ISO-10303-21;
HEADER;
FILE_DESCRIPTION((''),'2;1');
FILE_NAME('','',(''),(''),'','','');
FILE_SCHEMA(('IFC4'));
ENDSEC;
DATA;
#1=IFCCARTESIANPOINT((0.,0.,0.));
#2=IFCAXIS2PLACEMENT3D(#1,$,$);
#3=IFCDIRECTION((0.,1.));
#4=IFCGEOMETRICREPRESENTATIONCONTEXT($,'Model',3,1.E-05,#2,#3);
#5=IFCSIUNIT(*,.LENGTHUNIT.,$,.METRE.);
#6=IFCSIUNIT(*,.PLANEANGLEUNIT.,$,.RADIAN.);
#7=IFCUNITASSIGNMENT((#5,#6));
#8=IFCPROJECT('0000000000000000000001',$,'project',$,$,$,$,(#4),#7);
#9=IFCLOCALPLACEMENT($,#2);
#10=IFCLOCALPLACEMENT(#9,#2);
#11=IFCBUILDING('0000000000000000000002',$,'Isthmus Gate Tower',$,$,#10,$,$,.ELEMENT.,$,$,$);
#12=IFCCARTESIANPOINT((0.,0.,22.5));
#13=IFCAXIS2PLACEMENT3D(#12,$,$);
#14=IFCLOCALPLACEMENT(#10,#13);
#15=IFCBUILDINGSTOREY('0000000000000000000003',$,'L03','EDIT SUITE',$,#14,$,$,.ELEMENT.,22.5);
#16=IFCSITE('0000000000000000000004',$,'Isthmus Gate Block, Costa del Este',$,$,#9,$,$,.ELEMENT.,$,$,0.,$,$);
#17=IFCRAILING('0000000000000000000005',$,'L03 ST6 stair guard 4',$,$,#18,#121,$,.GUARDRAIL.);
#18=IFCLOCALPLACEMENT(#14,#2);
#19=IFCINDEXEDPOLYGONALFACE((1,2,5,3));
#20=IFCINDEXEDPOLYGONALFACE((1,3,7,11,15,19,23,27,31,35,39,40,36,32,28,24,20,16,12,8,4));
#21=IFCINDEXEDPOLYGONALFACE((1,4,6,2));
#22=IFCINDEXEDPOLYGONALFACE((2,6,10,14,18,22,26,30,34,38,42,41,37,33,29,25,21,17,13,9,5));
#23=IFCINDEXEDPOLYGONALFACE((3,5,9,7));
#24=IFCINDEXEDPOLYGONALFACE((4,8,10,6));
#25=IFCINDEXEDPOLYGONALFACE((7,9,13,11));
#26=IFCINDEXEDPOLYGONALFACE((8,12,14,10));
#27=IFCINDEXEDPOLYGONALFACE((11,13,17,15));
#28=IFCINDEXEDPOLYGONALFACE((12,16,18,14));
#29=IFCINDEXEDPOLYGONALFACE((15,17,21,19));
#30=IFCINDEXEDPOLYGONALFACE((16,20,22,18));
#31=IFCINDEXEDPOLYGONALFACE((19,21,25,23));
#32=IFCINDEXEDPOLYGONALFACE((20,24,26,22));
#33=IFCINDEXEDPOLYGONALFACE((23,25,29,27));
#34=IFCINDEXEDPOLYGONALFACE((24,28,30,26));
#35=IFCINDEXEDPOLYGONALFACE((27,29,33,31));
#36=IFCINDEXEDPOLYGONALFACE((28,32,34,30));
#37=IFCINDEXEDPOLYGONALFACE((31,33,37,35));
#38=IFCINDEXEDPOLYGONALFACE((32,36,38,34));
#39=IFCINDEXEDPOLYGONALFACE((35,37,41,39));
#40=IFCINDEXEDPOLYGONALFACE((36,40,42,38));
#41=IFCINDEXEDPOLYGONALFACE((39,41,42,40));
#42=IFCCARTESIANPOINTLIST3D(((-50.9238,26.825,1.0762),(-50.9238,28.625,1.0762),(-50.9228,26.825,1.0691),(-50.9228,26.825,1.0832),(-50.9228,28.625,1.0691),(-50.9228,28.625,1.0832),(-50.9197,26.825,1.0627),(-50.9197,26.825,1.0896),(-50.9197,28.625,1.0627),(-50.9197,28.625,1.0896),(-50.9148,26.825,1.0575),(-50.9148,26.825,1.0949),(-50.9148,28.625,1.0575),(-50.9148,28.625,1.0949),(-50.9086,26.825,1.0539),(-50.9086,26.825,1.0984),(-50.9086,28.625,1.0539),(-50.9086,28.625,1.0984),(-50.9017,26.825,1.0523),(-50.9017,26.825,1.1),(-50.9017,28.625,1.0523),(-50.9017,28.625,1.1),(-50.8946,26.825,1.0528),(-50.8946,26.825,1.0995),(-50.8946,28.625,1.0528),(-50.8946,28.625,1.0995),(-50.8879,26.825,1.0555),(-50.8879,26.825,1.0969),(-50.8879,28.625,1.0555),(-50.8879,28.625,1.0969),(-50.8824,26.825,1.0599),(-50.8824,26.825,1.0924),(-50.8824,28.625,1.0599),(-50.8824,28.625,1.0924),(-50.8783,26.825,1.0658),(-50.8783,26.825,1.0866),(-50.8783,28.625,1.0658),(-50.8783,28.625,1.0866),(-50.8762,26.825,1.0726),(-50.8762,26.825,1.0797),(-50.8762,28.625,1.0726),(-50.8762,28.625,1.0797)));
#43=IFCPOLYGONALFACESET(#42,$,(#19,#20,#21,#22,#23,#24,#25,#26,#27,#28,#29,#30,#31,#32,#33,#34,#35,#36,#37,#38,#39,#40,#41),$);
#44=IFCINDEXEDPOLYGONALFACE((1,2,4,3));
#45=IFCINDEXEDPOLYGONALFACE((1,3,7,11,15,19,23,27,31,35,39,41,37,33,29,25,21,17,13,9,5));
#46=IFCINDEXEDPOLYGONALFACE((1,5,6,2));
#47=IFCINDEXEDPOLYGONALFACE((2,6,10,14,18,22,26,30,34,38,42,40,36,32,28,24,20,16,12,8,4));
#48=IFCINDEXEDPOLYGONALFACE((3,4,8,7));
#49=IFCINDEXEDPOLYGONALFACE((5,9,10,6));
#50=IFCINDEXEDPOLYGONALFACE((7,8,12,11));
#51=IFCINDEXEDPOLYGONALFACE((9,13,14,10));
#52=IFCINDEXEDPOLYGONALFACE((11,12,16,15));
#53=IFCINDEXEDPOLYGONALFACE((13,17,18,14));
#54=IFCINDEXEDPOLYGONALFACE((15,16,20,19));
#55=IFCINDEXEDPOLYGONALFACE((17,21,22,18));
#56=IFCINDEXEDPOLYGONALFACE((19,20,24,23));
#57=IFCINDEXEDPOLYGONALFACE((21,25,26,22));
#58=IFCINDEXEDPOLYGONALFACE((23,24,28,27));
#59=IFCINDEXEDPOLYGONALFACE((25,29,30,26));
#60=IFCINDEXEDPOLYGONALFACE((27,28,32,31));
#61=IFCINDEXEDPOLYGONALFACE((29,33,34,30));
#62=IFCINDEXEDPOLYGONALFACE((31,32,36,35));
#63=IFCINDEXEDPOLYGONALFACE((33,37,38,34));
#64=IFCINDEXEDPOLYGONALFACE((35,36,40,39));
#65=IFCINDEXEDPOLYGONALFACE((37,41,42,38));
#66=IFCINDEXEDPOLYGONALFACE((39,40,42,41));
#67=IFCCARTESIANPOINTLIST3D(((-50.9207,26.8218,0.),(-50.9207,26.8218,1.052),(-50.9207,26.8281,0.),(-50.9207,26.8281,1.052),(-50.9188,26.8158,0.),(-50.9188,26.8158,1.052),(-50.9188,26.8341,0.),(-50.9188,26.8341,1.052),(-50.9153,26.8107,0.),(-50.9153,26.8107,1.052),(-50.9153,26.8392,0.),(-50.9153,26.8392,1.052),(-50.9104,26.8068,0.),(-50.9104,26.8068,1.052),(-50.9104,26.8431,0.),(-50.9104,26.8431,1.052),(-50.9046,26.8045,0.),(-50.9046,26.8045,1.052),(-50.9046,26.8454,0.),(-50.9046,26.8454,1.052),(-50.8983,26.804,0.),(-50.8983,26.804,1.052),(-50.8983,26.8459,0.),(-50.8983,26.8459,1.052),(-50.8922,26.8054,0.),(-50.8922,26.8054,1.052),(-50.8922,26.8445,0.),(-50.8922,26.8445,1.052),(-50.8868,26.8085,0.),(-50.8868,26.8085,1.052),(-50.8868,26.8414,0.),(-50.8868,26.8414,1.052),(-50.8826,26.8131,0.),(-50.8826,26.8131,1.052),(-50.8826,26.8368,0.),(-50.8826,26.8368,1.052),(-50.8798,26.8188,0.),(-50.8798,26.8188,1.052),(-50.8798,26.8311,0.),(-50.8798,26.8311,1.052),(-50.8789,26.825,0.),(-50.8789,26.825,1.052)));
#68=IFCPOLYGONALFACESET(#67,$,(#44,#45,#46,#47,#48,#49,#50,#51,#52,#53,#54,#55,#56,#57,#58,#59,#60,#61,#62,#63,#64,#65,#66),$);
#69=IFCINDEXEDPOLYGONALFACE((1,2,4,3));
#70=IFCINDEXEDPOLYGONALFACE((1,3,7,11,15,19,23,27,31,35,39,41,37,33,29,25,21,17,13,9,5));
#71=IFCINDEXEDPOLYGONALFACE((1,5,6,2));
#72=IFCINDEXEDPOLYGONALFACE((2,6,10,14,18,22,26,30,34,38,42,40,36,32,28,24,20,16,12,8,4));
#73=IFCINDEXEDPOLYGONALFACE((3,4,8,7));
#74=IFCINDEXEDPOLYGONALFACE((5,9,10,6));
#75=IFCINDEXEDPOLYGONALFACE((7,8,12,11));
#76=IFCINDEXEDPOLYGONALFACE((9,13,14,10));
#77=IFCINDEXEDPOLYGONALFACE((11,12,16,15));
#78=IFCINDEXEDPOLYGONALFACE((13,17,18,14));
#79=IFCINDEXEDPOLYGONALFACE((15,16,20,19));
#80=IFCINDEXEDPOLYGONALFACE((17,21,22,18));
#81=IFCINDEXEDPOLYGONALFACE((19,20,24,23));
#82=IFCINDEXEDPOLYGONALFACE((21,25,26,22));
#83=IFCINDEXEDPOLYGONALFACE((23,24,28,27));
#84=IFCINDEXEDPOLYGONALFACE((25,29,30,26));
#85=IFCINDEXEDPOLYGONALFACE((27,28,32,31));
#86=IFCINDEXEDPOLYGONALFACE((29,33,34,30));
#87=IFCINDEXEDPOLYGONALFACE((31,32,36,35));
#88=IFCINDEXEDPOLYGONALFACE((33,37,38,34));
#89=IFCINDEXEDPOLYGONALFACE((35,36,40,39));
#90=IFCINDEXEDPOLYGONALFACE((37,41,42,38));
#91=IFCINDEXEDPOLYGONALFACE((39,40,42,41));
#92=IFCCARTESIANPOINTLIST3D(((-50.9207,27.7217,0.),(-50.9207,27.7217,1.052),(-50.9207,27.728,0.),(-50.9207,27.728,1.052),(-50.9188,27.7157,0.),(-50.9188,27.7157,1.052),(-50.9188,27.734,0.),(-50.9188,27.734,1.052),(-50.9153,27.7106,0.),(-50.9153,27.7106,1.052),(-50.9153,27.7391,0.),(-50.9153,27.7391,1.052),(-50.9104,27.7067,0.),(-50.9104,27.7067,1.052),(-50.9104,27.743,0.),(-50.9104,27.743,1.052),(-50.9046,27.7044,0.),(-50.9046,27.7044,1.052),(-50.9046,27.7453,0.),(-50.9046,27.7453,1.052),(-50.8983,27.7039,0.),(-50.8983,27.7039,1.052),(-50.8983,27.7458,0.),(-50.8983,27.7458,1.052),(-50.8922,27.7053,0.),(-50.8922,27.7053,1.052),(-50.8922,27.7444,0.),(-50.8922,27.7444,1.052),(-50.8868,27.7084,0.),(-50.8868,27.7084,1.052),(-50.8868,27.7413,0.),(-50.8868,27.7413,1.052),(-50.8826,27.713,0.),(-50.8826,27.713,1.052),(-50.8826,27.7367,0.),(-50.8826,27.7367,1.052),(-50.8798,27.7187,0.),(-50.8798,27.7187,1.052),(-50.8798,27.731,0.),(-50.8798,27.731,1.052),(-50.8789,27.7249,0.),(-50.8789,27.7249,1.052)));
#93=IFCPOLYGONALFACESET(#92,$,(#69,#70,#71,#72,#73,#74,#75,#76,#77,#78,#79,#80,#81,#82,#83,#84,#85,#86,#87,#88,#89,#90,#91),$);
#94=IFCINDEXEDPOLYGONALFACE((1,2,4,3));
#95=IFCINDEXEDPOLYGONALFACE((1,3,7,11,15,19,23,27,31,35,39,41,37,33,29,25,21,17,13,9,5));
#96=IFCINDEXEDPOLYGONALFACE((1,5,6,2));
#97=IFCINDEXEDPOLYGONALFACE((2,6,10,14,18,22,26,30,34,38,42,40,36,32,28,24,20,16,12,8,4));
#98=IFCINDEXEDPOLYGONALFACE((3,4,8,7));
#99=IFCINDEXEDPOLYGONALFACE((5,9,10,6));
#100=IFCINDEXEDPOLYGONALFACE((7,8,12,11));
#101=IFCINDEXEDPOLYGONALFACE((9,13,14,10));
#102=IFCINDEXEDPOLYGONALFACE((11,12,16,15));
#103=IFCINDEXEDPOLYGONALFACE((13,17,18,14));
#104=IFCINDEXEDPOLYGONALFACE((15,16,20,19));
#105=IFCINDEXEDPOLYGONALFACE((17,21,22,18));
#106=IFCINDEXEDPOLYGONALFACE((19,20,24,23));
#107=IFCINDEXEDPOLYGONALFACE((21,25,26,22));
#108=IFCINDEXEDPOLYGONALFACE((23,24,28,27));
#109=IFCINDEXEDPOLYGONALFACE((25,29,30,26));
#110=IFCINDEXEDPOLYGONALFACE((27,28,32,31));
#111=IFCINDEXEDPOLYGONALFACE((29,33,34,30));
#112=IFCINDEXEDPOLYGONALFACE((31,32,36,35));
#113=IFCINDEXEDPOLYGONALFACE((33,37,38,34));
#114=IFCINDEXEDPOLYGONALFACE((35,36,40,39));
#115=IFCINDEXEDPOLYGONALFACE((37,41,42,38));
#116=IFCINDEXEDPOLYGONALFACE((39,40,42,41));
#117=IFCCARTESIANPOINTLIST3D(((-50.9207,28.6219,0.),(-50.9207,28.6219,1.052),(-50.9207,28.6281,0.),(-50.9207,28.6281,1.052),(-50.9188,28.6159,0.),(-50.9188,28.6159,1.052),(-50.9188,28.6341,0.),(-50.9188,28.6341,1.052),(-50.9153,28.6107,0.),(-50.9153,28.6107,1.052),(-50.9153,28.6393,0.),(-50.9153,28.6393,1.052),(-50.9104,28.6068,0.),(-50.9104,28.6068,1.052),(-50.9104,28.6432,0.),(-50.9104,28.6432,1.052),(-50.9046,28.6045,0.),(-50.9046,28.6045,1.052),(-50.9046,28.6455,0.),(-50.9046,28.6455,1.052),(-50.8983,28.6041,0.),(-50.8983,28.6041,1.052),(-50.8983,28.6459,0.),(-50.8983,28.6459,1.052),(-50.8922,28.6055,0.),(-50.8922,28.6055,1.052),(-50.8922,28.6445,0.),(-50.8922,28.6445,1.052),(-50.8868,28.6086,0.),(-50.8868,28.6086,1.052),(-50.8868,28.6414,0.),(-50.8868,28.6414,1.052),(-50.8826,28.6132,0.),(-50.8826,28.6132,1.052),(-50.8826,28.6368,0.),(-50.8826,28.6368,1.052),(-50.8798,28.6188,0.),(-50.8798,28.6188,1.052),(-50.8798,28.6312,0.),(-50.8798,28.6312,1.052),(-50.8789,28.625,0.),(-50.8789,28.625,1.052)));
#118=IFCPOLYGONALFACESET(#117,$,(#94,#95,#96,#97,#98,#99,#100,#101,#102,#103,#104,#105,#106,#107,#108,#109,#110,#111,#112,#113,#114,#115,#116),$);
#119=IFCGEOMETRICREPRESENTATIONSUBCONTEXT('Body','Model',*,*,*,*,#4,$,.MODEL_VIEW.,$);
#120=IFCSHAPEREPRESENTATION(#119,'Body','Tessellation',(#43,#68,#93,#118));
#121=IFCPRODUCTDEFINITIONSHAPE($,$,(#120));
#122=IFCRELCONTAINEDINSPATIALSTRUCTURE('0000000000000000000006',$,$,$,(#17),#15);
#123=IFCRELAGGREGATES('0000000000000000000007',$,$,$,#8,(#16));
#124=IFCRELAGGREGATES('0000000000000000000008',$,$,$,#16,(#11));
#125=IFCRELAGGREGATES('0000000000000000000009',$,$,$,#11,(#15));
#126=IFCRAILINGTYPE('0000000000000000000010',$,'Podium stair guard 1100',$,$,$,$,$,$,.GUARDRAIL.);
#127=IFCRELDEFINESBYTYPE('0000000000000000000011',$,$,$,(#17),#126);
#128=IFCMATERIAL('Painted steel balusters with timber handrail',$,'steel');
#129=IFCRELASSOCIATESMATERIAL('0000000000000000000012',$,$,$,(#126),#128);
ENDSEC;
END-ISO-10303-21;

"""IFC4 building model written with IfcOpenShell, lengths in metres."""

from ifc_helpers import new_model, si_unit, direction, frame, origin, origin_2d, place, context, subcontext, project, spatial, circle, extrude, material, type_object, element, save


model = new_model("IFC4")

# Units and contexts
model_context = context("Model", 3, precision=1e-05, world=origin(), true_north=direction((0.0, 1.0)))
body_context = subcontext(model_context, "Body", "Model", "MODEL_VIEW")
ifc_project = project(units=[si_unit("LENGTHUNIT", "METRE"), si_unit("PLANEANGLEUNIT", "RADIAN")], contexts=[model_context])

# Site, building, storey
site_placement = place(None, origin())
site = spatial("IfcSite", under=ifc_project, at=site_placement, Name="Isthmus Gate Block, Costa del Este", CompositionType="ELEMENT", RefElevation=0.0)
building_placement = place(site_placement, origin())
building = spatial("IfcBuilding", under=site, at=building_placement, Name="Isthmus Gate Tower", CompositionType="ELEMENT")
storey_placement = place(building_placement, frame((0.0, 0.0, 22.5)))
storey = spatial("IfcBuildingStorey", under=building, at=storey_placement, Name="L03", Description="EDIT SUITE", CompositionType="ELEMENT", Elevation=22.5)

# Railing
ifc_material_1 = material(Name="Painted steel balusters with timber handrail", Category="steel")
railing_type_1 = type_object("IfcRailingType", Name="Podium stair guard 1100", PredefinedType="GUARDRAIL", material=ifc_material_1)
railing_1_placement = place(storey_placement, frame((-50.8999, 26.825, 0.0)))
element("IfcRailing", 1, at=railing_1_placement, inside=storey, type_object=railing_type_1, Name="L03 ST6 stair guard 4", PredefinedType="GUARDRAIL", context=body_context, shape_type="SweptSolid", body=[
    extrude(circle(Radius=0.0239, at=origin_2d()), frame((0.0, 0.0, 1.0762), z_axis=(0.0, 1.0, 0.0), x_axis=(-1.0, 0.0, 0.0)), (0.0, 0.0, 1.0), 1.8),
    extrude(circle(Radius=0.021, at=origin_2d()), origin(), (0.0, 0.0, 1.0), 1.052),
    extrude(circle(Radius=0.021, at=origin_2d()), frame((0.0, 0.8999, 0.0)), (0.0, 0.0, 1.0), 1.052),
    extrude(circle(Radius=0.021, at=origin_2d()), frame((0.0, 1.8, 0.0)), (0.0, 0.0, 1.0), 1.052),
])

save(model, "model.ifc")
